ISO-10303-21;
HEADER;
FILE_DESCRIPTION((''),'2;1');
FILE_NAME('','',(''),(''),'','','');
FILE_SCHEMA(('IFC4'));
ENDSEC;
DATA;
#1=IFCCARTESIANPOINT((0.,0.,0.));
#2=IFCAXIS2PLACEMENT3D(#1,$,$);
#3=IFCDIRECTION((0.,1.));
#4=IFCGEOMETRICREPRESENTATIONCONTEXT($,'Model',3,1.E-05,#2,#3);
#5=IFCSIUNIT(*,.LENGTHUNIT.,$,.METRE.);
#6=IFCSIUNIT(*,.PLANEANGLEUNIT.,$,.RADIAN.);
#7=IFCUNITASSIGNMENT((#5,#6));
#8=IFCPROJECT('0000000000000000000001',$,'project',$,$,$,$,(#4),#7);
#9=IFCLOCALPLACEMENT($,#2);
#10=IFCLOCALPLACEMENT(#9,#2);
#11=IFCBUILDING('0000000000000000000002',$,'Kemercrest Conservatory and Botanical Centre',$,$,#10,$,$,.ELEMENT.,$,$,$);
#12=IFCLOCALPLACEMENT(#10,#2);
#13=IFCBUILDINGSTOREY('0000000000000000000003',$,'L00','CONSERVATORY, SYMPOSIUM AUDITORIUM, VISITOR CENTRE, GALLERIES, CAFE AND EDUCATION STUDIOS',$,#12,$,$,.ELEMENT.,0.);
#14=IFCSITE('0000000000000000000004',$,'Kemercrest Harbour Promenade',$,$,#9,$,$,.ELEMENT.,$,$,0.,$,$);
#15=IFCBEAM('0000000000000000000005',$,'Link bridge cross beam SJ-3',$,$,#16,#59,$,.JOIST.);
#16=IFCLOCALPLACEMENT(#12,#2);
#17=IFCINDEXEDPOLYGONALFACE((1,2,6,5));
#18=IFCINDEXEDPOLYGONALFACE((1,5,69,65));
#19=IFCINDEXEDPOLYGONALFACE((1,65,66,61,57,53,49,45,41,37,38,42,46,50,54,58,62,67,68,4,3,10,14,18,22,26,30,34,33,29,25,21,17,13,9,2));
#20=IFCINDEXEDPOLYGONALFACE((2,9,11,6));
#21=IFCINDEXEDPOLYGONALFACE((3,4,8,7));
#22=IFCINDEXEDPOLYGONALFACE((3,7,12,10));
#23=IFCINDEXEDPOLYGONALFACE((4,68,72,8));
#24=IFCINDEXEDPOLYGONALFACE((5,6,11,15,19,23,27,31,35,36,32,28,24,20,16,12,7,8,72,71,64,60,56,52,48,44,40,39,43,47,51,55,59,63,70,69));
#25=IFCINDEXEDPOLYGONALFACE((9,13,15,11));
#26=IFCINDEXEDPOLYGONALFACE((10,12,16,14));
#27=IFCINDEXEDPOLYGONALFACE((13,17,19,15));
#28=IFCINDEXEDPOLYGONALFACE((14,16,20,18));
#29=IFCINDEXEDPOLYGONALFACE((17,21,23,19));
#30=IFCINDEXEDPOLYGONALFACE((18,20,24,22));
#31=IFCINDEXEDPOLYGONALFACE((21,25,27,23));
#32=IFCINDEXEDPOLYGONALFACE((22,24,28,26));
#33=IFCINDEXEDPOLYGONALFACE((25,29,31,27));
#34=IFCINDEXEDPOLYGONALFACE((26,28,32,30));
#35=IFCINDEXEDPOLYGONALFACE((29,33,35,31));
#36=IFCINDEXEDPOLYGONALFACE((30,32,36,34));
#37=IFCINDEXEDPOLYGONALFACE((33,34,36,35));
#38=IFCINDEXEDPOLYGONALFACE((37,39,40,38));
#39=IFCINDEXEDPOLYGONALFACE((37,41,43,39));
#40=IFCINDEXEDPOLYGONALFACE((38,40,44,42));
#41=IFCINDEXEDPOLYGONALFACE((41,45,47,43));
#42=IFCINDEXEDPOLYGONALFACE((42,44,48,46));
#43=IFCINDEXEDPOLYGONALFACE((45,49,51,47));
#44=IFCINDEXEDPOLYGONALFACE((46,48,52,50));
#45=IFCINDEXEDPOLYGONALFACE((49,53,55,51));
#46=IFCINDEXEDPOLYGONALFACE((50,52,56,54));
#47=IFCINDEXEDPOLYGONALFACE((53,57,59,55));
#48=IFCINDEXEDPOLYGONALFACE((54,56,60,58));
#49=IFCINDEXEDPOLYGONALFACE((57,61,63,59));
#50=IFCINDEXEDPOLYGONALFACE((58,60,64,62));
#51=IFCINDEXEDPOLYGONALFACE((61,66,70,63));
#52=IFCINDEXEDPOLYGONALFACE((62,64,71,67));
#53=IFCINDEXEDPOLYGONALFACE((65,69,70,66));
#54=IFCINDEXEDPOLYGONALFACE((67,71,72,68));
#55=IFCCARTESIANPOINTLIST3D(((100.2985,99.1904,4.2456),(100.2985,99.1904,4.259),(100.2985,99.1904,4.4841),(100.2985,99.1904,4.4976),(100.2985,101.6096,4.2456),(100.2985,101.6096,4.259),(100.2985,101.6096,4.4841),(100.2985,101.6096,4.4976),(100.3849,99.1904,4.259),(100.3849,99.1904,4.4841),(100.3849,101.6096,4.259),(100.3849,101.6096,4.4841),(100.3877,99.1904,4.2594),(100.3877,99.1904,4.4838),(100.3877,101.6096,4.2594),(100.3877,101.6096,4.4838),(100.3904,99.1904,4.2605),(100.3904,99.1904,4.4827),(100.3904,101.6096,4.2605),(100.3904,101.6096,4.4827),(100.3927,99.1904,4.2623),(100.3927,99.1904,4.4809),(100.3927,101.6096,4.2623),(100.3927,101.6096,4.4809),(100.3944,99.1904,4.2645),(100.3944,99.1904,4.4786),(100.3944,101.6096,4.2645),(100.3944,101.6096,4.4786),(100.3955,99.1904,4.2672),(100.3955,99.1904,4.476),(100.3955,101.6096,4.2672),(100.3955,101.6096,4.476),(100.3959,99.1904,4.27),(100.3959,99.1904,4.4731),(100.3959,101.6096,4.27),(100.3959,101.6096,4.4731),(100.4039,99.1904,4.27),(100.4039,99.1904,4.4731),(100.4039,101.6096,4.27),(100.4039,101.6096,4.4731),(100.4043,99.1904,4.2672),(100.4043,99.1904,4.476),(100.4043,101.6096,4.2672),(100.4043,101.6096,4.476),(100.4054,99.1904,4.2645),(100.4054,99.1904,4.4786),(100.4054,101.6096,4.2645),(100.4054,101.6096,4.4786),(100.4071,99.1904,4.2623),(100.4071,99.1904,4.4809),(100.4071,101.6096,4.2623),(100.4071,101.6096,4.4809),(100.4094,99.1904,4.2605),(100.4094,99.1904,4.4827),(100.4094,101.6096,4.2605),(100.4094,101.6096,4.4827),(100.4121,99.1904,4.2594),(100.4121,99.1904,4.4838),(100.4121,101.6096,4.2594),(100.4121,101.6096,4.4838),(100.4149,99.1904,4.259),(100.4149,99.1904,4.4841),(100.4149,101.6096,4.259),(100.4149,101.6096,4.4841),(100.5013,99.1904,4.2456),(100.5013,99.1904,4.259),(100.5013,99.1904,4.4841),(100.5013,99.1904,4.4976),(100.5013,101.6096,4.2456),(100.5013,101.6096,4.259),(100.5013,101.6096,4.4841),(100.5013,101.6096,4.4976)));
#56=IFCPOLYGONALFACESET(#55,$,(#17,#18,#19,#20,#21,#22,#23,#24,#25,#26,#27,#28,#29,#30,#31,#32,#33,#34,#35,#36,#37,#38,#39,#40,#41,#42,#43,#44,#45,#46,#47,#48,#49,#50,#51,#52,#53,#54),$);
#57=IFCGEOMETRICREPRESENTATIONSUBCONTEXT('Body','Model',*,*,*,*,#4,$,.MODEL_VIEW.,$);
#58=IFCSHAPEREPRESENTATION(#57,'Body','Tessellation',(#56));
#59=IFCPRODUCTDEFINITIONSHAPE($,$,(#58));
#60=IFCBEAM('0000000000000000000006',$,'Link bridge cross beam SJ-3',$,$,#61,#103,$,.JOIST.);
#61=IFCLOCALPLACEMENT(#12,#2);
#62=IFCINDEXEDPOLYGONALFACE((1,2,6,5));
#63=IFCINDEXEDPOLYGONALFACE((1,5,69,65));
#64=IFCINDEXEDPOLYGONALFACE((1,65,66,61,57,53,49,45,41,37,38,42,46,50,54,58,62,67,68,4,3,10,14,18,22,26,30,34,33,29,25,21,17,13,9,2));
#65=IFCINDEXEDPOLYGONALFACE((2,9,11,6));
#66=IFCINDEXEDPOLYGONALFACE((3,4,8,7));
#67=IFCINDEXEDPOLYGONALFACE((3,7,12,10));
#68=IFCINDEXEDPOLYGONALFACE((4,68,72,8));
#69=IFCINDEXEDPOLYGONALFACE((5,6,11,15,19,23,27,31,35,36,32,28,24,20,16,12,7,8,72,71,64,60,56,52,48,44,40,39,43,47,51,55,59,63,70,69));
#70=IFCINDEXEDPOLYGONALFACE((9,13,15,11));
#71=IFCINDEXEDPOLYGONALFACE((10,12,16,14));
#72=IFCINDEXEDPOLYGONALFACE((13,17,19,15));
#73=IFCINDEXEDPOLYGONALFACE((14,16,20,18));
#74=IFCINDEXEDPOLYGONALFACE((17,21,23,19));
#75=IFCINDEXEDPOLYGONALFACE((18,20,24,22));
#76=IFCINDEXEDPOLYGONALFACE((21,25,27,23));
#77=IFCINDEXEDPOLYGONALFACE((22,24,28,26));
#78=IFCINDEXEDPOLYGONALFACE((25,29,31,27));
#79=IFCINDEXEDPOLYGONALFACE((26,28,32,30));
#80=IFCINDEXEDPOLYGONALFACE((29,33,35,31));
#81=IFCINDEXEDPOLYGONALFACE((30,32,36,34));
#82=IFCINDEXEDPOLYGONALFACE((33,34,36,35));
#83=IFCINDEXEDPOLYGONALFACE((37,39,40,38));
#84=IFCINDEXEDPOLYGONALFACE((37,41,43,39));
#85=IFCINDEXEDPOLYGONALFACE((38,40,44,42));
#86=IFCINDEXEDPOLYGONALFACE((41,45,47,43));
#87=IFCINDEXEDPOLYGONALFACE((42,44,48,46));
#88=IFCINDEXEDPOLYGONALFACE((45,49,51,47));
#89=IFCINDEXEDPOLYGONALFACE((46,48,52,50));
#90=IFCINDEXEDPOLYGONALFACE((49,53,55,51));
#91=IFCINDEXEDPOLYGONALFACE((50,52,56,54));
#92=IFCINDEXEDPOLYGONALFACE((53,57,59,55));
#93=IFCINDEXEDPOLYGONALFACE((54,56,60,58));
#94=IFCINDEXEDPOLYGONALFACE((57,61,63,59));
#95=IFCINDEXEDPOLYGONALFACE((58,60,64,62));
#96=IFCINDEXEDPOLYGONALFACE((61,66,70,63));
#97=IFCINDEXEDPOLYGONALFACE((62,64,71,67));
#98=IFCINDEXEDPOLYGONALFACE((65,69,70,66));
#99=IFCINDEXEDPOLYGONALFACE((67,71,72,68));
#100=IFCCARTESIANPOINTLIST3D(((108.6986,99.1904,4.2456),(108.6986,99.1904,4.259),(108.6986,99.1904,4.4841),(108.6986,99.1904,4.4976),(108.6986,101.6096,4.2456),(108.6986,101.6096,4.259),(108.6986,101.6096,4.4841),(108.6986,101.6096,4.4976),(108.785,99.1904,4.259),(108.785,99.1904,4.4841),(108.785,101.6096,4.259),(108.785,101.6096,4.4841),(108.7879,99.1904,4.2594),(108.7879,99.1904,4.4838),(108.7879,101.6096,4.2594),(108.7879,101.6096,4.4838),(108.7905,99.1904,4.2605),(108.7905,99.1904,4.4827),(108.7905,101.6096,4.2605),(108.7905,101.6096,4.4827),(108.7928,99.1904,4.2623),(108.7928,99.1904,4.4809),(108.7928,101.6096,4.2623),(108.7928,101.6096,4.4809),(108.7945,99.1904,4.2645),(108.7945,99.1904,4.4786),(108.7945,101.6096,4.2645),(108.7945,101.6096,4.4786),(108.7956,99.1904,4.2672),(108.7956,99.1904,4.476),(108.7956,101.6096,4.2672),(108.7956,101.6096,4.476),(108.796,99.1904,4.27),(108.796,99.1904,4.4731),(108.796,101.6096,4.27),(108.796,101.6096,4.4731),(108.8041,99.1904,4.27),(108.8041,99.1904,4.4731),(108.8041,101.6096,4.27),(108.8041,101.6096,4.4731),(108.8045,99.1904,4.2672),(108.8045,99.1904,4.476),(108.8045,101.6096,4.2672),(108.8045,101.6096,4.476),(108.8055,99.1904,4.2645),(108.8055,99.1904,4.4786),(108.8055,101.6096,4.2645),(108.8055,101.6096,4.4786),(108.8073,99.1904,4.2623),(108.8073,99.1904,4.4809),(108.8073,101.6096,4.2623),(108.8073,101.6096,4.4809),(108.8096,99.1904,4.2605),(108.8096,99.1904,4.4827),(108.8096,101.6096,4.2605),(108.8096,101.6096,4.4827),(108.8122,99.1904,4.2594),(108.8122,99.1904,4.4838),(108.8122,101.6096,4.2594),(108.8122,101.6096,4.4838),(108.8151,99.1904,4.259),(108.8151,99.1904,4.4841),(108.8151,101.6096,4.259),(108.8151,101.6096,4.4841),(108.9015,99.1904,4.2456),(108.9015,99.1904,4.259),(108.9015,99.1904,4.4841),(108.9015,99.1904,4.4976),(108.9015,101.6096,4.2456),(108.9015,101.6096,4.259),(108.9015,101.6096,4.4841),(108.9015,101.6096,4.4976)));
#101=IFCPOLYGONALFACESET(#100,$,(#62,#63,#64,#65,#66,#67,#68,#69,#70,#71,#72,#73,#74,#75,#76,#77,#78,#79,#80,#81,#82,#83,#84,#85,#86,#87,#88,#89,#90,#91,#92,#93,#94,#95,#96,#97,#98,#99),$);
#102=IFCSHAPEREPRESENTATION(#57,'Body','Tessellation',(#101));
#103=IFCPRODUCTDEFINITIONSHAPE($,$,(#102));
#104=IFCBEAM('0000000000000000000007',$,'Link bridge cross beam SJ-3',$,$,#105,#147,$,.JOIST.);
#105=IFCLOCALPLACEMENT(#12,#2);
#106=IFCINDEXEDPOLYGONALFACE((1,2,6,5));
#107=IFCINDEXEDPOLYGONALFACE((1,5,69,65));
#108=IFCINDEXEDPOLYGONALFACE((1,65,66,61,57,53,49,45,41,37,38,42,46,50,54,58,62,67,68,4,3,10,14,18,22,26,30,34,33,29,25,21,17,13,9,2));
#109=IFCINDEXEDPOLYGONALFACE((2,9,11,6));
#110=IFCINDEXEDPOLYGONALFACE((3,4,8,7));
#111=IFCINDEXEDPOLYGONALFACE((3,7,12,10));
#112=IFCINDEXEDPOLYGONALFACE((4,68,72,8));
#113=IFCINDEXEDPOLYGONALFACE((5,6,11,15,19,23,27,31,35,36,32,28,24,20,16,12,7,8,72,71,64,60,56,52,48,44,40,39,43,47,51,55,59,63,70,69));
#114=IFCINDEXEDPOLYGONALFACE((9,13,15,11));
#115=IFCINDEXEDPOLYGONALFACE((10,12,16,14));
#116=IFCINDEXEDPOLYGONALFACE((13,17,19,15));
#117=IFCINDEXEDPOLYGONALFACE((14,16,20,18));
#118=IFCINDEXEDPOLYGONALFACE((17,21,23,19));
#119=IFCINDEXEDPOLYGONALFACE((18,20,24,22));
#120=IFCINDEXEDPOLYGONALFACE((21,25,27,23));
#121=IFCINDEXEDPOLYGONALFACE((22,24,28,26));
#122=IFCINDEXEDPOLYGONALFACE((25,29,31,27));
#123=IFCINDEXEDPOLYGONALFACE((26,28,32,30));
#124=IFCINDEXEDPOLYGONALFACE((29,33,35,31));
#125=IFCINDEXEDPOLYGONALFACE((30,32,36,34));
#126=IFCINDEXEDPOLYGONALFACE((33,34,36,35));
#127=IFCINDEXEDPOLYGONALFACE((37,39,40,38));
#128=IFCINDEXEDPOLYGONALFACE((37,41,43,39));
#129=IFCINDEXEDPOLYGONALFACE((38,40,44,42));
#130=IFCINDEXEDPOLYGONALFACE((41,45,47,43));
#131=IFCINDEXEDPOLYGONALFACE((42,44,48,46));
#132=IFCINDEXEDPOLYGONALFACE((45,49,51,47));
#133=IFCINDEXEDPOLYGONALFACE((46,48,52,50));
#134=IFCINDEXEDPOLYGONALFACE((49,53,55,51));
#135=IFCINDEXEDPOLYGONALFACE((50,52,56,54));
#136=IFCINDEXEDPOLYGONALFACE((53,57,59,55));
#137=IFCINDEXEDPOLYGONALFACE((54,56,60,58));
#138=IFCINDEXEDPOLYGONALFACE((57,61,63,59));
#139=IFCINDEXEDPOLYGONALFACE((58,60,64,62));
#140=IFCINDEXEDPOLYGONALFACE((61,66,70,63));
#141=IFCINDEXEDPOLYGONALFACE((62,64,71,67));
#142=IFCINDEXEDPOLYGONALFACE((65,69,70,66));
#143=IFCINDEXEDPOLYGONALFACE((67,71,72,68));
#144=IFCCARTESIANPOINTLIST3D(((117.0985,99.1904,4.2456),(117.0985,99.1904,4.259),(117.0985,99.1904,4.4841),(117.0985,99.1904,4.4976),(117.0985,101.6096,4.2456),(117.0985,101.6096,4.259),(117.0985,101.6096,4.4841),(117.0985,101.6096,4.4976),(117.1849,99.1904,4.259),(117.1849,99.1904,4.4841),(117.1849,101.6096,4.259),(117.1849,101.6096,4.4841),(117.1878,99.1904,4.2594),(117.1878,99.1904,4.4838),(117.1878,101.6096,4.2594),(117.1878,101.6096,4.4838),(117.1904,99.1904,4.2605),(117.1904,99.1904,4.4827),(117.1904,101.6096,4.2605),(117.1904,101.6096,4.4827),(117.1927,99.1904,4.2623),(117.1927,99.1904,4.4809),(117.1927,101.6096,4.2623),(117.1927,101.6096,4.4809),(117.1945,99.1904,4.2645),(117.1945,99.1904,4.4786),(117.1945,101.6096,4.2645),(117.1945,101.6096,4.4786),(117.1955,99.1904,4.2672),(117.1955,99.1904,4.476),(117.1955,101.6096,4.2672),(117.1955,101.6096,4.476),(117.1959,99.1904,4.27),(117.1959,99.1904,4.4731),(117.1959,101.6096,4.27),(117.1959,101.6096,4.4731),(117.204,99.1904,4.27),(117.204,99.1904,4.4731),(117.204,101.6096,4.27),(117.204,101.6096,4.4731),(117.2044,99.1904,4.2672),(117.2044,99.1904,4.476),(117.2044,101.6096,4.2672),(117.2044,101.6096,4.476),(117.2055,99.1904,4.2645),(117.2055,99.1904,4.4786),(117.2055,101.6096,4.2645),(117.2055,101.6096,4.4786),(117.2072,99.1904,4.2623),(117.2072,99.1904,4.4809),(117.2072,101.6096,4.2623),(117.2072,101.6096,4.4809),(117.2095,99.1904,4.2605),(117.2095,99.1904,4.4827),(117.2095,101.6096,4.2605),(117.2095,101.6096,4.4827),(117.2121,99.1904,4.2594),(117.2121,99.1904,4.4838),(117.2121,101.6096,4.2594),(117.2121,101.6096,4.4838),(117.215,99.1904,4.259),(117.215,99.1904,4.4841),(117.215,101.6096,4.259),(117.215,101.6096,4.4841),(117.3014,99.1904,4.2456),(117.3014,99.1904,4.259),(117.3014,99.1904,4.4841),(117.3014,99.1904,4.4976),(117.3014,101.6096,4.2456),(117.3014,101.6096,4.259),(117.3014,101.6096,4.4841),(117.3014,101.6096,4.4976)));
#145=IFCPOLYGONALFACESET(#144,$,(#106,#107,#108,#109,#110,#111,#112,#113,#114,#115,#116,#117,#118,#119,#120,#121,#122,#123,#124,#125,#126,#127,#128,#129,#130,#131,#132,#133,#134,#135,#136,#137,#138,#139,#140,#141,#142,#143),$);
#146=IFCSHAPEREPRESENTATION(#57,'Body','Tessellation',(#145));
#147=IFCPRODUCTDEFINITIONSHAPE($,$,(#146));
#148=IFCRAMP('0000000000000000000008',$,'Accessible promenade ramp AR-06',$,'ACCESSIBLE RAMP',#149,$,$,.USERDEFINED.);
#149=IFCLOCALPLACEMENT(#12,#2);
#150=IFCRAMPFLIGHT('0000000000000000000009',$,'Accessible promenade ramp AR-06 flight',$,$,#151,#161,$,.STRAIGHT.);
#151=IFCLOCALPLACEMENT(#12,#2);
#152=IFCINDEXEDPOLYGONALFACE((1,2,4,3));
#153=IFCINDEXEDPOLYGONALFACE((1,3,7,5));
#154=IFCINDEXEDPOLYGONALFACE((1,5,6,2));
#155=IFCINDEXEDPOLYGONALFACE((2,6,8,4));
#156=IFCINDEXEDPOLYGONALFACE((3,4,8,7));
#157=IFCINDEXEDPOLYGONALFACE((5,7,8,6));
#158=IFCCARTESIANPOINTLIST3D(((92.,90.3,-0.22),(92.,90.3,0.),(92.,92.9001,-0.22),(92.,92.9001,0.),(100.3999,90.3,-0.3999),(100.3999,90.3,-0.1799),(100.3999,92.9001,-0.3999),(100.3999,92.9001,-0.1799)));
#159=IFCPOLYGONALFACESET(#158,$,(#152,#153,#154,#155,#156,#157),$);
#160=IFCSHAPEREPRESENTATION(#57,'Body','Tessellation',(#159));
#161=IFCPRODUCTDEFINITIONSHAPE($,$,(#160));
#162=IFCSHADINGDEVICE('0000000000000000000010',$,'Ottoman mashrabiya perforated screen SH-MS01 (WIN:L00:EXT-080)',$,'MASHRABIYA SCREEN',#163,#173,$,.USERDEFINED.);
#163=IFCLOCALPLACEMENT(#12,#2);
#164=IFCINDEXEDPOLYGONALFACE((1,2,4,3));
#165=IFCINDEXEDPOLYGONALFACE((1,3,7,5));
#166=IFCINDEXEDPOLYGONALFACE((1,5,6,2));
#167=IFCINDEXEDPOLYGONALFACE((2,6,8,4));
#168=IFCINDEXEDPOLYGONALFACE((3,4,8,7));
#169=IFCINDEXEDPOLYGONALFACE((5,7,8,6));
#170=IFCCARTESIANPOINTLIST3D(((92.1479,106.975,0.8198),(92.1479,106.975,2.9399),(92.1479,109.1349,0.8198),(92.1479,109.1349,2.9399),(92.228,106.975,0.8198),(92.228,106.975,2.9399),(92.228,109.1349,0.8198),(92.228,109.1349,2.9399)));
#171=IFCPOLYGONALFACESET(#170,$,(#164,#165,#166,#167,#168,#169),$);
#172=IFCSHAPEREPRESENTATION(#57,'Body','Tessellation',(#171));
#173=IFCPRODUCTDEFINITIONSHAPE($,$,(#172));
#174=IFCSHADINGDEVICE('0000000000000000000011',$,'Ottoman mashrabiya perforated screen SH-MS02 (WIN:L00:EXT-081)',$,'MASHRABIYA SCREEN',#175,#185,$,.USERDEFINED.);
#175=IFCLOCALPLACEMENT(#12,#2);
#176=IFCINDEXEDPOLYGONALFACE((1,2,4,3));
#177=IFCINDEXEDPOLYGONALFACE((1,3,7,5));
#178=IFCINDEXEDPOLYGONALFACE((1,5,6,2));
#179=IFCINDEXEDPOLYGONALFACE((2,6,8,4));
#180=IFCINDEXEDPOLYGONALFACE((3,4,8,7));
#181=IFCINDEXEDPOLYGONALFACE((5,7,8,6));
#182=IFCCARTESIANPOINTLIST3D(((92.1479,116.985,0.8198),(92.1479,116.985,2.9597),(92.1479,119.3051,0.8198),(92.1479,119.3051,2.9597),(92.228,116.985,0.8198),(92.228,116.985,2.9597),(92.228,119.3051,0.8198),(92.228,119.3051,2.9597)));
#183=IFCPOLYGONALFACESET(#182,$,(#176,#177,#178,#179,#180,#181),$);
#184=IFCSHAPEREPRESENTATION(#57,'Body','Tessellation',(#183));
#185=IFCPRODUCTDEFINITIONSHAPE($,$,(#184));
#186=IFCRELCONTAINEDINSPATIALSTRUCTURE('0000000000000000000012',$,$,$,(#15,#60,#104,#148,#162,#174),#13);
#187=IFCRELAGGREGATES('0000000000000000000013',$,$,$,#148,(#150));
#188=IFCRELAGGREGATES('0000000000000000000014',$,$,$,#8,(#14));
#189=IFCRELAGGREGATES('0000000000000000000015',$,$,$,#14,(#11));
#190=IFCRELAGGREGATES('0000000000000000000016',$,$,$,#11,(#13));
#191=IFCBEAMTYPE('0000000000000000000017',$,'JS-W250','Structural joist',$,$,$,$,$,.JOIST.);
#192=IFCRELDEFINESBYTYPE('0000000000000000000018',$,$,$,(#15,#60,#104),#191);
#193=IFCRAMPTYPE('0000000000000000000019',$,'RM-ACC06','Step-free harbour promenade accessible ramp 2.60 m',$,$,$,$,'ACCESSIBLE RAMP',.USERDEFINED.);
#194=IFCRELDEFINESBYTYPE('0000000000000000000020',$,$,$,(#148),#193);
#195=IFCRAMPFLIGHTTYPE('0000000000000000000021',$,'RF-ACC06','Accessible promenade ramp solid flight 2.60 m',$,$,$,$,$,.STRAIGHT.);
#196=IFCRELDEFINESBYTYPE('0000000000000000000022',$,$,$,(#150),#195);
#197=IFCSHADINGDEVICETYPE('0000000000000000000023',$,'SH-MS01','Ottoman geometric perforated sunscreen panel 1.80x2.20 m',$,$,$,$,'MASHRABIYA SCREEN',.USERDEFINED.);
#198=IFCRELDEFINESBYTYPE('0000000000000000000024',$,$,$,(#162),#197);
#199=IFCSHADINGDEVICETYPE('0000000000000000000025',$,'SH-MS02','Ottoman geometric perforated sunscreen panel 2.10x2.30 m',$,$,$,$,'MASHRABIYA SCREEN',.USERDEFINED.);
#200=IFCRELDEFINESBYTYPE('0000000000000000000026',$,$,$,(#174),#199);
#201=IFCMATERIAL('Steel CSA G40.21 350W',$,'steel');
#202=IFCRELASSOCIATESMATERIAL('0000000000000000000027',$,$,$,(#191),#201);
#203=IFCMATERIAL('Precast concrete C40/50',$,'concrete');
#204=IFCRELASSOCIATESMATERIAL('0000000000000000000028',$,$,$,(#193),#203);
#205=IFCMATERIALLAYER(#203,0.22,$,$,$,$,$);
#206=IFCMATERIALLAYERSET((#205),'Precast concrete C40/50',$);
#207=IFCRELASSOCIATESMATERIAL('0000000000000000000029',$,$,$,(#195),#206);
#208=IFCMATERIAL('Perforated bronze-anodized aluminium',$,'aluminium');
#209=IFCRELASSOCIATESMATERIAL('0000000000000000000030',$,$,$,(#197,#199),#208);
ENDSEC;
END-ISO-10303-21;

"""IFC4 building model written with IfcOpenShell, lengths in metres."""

from ifc_helpers import new_model, si_unit, direction, frame, origin, origin_2d, place, context, subcontext, project, spatial, polyline, rectangle, i_section, outline, extrude, material, layer, layer_set, material_profile, profile_set, type_object, element, aggregate, save


model = new_model("IFC4")

# Units and contexts
model_context = context("Model", 3, precision=1e-05, world=origin(), true_north=direction((0.0, 1.0)))
body_context = subcontext(model_context, "Body", "Model", "MODEL_VIEW")
ifc_project = project(units=[si_unit("LENGTHUNIT", "METRE"), si_unit("PLANEANGLEUNIT", "RADIAN")], contexts=[model_context])

# Site, building, storey
site_placement = place(None, origin())
site = spatial("IfcSite", under=ifc_project, at=site_placement, Name="Kemercrest Harbour Promenade", CompositionType="ELEMENT", RefElevation=0.0)
building_placement = place(site_placement, origin())
building = spatial("IfcBuilding", under=site, at=building_placement, Name="Kemercrest Conservatory and Botanical Centre", CompositionType="ELEMENT")
storey_placement = place(building_placement, origin())
storey = spatial("IfcBuildingStorey", under=building, at=storey_placement, Name="L00", Description="CONSERVATORY, SYMPOSIUM AUDITORIUM, VISITOR CENTRE, GALLERIES, CAFE AND EDUCATION STUDIOS", CompositionType="ELEMENT", Elevation=0.0)

# Shared definitions
ifc_material_1 = material(Name="Steel CSA G40.21 350W", Category="steel")

# Beams
ifc_material_profile_1 = material_profile(ifc_material_1, i_section(OverallWidth=0.2029, OverallDepth=0.252, WebThickness=0.0081, FlangeThickness=0.0134, FilletRadius=0.011, at=origin_2d()), Name="W250X58")
ifc_profile_set_1 = profile_set([ifc_material_profile_1], Name="Steel CSA G40.21 350W")
beam_type_1 = type_object("IfcBeamType", Name="JS-W250", Description="Structural joist", PredefinedType="JOIST", material=ifc_profile_set_1)
for number, where, z_axis, x_axis, name in (
    (1, (100.3999, 99.1904, 4.3716), (0.0, 1.0, 0.0), (-1.0, 0.0, 0.0), "Link bridge cross beam SJ-3"),
    (2, (108.8, 99.1904, 4.3716), (0.0, 1.0, 0.0), (-1.0, 0.0, 0.0), "Link bridge cross beam SJ-3"),
    (3, (117.2, 99.1904, 4.3716), (0.0, 1.0, 0.0), (-1.0, 0.0, 0.0), "Link bridge cross beam SJ-3"),
):
    element("IfcBeam", number, at=place(storey_placement, frame(where, z_axis=z_axis, x_axis=x_axis)), inside=storey, type_object=beam_type_1, Name=name, PredefinedType="JOIST", context=body_context, shape_type="SweptSolid", body=[
        extrude(i_section(OverallWidth=0.2029, OverallDepth=0.252, WebThickness=0.0081, FlangeThickness=0.0134, FilletRadius=0.011, at=origin_2d()), origin(), (0.0, 0.0, 1.0), 2.4192),
    ])

# Ramp, ramp flight
ifc_material_2 = material(Name="Precast concrete C40/50", Category="concrete")
ramp_type = type_object("IfcRampType", Name="RM-ACC06", Description="Step-free harbour promenade accessible ramp 2.60 m", ElementType="ACCESSIBLE RAMP", PredefinedType="USERDEFINED", material=ifc_material_2)
ramp_placement = place(storey_placement, origin())
ramp = element("IfcRamp", 4, at=ramp_placement, inside=storey, type_object=ramp_type, Name="Accessible promenade ramp AR-06", ObjectType="ACCESSIBLE RAMP", PredefinedType="USERDEFINED")
ifc_layer = layer(ifc_material_2, 0.22)
ifc_layer_set = layer_set([ifc_layer], Name="Precast concrete C40/50")
ramp_flight_type = type_object("IfcRampFlightType", Name="RF-ACC06", Description="Accessible promenade ramp solid flight 2.60 m", PredefinedType="STRAIGHT", material=ifc_layer_set)
ramp_flight_placement = place(storey_placement, frame((100.3999, 91.6001, -0.1799), z_axis=(0.0, 0.0, 1.0), x_axis=(-1.0, 0.0, 0.0)))
ramp_flight = element("IfcRampFlight", 5, at=ramp_flight_placement, type_object=ramp_flight_type, Name="Accessible promenade ramp AR-06 flight", PredefinedType="STRAIGHT", context=body_context, shape_type="SweptSolid", body=[
    extrude(outline(polyline([(0.0, 0.0), (8.3999, 0.1799), (8.3999, -0.04), (0.0, -0.22), (0.0, 0.0)])), frame((0.0, 1.3, 0.0), z_axis=(0.0, -1.0, 0.0), x_axis=(1.0, 0.0, 0.0)), (0.0, 0.0, 1.0), 2.6001),
])
aggregate(ramp, [ramp_flight])

# Shading devices
ifc_material_3 = material(Name="Perforated bronze-anodized aluminium", Category="aluminium")
shading_device_type_1 = type_object("IfcShadingDeviceType", Name="SH-MS01", Description="Ottoman geometric perforated sunscreen panel 1.80x2.20 m", ElementType="MASHRABIYA SCREEN", PredefinedType="USERDEFINED", material=ifc_material_3)
shading_device_1_placement = place(storey_placement, frame((92.188, 108.0549, 0.8198), z_axis=(0.0, 0.0, 1.0), x_axis=(0.0, 1.0, 0.0)))
element("IfcShadingDevice", 6, at=shading_device_1_placement, inside=storey, type_object=shading_device_type_1, Name="Ottoman mashrabiya perforated screen SH-MS01 (WIN:L00:EXT-080)", ObjectType="MASHRABIYA SCREEN", PredefinedType="USERDEFINED", context=body_context, shape_type="SweptSolid", body=[
    extrude(rectangle(XDim=2.1599, YDim=0.0801, at=origin_2d()), origin(), (0.0, 0.0, 1.0), 2.1201),
])
shading_device_type_2 = type_object("IfcShadingDeviceType", Name="SH-MS02", Description="Ottoman geometric perforated sunscreen panel 2.10x2.30 m", ElementType="MASHRABIYA SCREEN", PredefinedType="USERDEFINED", material=ifc_material_3)
shading_device_2_placement = place(storey_placement, frame((92.188, 118.145, 0.8198), z_axis=(0.0, 0.0, 1.0), x_axis=(0.0, 1.0, 0.0)))
element("IfcShadingDevice", 7, at=shading_device_2_placement, inside=storey, type_object=shading_device_type_2, Name="Ottoman mashrabiya perforated screen SH-MS02 (WIN:L00:EXT-081)", ObjectType="MASHRABIYA SCREEN", PredefinedType="USERDEFINED", context=body_context, shape_type="SweptSolid", body=[
    extrude(rectangle(XDim=2.3201, YDim=0.0801, at=origin_2d()), origin(), (0.0, 0.0, 1.0), 2.1399),
])

save(model, "model.ifc")
